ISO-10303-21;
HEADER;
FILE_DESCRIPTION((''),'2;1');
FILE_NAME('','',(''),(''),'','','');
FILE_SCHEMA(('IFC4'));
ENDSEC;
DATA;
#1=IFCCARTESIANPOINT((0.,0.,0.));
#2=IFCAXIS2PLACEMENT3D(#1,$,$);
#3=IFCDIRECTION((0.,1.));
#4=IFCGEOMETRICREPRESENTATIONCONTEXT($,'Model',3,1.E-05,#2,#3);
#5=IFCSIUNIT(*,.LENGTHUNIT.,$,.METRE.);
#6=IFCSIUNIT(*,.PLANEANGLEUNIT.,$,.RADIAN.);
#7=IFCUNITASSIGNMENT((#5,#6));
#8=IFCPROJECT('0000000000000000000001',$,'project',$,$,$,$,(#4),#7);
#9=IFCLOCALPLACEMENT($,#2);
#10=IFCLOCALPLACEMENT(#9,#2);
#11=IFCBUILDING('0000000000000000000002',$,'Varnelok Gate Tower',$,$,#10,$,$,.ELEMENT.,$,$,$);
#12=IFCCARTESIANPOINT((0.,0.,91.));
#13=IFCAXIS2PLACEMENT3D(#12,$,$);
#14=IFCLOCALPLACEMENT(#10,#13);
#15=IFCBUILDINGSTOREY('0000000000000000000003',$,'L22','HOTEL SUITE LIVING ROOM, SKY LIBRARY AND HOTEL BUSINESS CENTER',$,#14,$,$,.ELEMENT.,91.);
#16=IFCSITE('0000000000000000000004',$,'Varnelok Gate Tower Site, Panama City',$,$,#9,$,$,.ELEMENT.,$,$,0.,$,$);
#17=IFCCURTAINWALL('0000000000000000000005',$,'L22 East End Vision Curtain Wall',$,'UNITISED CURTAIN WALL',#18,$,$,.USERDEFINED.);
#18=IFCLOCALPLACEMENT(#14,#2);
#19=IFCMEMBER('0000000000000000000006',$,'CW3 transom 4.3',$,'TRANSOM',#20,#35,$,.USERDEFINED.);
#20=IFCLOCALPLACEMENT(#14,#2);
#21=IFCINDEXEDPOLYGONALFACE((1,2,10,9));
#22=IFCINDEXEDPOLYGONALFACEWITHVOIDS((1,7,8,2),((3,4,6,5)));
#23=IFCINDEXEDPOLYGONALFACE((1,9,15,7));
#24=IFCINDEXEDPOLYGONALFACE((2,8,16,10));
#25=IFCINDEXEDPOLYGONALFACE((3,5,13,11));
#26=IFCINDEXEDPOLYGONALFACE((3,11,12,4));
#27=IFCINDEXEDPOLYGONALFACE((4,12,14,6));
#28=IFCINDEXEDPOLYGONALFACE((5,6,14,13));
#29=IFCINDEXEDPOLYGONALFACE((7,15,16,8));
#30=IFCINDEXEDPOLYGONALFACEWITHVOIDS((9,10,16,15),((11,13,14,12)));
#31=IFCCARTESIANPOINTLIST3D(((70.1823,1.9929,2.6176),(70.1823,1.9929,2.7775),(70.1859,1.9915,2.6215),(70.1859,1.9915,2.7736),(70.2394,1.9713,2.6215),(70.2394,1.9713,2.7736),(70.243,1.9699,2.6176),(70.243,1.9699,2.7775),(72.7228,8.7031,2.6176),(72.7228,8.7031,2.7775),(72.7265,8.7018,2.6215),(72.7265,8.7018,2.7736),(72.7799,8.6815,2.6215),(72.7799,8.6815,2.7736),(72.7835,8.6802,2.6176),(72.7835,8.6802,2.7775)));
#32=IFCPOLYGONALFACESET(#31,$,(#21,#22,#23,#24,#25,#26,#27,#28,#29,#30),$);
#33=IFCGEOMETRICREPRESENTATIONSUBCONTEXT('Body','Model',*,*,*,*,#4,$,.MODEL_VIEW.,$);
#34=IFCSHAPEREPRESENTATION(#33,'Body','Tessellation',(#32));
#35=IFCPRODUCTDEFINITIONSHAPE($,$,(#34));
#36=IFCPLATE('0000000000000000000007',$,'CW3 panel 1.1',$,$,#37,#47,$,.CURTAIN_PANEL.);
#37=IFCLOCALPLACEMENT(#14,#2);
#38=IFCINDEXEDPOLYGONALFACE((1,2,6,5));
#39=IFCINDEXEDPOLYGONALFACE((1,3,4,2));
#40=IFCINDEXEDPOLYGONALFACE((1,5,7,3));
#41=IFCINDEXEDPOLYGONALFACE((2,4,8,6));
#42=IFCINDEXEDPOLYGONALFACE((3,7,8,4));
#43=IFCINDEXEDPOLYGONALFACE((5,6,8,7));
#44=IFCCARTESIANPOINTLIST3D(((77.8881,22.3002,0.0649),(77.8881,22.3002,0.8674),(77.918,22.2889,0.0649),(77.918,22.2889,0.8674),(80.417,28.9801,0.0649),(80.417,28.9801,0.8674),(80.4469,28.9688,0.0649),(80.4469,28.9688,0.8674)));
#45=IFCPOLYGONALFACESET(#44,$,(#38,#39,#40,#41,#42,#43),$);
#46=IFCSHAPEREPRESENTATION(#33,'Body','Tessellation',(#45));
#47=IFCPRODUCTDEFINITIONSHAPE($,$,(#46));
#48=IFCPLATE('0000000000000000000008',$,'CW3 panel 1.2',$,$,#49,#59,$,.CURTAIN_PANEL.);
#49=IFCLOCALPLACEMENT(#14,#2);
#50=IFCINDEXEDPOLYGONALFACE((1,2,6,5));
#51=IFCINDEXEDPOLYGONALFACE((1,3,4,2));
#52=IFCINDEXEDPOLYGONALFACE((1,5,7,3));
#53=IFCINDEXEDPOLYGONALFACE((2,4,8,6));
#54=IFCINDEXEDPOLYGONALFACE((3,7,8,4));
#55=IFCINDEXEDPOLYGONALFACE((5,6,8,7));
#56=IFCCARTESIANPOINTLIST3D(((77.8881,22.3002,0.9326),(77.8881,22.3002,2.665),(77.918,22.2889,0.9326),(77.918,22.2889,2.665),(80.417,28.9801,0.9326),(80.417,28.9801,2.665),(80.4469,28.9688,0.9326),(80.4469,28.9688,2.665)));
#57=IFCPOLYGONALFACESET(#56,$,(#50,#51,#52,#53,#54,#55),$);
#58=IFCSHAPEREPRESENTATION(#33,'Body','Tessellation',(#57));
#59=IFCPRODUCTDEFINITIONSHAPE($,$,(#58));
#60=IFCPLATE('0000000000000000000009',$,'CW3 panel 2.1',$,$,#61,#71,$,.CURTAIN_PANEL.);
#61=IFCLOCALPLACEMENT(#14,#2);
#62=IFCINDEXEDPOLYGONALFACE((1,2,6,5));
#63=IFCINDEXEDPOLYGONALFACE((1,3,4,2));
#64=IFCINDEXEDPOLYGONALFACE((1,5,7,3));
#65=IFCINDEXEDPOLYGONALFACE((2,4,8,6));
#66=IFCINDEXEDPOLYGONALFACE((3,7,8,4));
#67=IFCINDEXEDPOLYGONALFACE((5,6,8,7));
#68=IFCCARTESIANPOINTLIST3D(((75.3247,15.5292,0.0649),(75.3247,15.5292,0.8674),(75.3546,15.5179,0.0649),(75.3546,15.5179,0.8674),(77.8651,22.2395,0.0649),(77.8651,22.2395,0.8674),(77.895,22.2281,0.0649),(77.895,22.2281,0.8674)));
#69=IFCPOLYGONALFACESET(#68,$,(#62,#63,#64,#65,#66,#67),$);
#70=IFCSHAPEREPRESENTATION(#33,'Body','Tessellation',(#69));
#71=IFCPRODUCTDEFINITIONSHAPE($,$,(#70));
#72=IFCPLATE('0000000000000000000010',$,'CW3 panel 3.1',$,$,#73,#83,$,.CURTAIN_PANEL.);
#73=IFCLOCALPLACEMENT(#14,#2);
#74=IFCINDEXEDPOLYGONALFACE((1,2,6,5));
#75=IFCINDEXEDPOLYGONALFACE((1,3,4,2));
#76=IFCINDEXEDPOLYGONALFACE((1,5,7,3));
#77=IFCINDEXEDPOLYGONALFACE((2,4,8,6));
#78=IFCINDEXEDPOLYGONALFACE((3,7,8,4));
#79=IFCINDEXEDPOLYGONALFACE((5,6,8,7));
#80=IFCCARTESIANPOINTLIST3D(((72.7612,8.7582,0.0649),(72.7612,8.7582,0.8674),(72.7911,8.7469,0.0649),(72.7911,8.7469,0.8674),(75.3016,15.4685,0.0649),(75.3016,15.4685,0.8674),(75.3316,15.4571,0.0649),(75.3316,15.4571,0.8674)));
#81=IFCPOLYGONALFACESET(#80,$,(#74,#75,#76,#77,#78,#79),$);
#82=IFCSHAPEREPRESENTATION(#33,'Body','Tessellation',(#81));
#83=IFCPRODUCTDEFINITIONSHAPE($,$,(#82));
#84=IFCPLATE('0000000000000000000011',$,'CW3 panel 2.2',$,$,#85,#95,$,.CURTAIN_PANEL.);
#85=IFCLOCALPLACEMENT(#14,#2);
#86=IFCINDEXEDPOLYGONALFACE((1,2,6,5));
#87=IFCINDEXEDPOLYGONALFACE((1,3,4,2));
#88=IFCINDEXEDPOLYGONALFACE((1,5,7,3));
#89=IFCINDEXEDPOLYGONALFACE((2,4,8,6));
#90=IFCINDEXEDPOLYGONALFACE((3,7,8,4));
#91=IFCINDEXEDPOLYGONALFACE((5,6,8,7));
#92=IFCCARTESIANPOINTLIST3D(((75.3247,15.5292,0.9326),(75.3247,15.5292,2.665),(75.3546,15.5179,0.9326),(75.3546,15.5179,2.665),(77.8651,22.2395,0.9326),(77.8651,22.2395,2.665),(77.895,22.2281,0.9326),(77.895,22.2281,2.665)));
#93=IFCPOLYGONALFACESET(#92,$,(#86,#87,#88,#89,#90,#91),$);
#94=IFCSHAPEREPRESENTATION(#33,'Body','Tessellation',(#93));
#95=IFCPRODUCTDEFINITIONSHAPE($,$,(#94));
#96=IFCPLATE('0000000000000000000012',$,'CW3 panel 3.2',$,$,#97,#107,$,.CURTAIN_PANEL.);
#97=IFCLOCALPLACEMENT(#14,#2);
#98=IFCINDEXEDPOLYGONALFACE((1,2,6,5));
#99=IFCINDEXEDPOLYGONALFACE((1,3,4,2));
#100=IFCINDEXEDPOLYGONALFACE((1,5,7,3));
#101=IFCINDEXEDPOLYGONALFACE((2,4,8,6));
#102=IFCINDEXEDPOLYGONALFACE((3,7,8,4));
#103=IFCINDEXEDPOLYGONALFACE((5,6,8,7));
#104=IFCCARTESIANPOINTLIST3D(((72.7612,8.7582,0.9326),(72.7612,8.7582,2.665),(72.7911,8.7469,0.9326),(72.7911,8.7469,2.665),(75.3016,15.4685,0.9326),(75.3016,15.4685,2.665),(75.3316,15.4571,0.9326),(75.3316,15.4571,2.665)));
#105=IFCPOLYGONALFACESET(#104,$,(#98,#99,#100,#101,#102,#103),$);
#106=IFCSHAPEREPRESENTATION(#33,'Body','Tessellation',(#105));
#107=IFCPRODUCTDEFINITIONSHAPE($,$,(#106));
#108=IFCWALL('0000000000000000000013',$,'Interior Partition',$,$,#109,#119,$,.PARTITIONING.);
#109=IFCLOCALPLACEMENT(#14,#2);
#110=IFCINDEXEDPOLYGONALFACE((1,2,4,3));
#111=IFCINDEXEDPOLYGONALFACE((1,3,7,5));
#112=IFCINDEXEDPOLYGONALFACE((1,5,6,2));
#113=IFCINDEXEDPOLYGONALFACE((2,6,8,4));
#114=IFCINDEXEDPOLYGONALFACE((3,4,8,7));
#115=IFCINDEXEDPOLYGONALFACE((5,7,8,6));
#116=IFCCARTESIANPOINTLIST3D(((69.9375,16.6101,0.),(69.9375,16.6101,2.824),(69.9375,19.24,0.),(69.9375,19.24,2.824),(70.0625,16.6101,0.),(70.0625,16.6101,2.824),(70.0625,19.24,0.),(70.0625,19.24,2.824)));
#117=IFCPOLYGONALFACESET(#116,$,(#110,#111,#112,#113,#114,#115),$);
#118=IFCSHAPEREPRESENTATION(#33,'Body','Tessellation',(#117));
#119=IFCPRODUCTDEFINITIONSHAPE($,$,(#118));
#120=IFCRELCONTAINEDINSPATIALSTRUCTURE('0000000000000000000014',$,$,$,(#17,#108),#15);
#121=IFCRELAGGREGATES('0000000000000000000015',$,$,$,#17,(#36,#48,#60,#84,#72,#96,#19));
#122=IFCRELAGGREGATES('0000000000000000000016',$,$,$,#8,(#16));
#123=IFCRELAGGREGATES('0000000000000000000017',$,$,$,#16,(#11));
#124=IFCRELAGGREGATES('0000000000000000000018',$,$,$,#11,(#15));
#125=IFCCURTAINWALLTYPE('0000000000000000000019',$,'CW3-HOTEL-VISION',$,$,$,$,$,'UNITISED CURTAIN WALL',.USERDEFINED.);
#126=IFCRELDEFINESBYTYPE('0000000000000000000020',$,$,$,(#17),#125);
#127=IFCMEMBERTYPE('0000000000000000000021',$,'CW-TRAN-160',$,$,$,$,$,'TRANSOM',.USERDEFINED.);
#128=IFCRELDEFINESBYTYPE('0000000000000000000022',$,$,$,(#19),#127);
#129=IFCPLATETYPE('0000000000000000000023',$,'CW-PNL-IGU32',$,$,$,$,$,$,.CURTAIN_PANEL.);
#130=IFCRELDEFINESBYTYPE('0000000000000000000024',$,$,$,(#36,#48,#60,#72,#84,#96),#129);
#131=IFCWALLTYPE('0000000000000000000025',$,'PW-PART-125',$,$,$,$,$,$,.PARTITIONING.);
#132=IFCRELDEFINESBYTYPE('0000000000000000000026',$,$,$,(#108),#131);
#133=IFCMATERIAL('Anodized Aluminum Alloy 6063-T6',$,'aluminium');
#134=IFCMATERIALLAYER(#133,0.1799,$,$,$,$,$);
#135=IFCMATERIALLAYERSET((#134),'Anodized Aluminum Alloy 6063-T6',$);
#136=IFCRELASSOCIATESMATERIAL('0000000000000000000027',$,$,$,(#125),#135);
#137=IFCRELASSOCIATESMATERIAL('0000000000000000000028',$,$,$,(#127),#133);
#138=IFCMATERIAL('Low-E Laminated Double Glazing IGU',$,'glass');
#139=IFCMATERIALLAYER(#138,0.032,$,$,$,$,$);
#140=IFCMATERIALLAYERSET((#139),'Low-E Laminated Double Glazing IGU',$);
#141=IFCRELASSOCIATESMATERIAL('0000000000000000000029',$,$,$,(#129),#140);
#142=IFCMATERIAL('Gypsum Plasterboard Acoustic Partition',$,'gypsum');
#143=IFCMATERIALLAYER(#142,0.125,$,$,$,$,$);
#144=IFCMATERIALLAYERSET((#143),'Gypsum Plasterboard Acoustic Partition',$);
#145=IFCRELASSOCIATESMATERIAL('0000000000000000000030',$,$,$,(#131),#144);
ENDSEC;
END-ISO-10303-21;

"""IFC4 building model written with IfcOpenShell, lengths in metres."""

from ifc_helpers import new_model, si_unit, direction, frame, frame_2d, origin, origin_2d, place, context, subcontext, project, spatial, rectangle, hollow_rectangle, extrude, source, transform, mapped, material, layer, layer_set, material_profile, profile_set, type_object, element, aggregate, save


model = new_model("IFC4")

# Units and contexts
model_context = context("Model", 3, precision=1e-05, world=origin(), true_north=direction((0.0, 1.0)))
body_context = subcontext(model_context, "Body", "Model", "MODEL_VIEW")
ifc_project = project(units=[si_unit("LENGTHUNIT", "METRE"), si_unit("PLANEANGLEUNIT", "RADIAN")], contexts=[model_context])

# Site, building, storey
site_placement = place(None, origin())
site = spatial("IfcSite", under=ifc_project, at=site_placement, Name="Varnelok Gate Tower Site, Panama City", CompositionType="ELEMENT", RefElevation=0.0)
building_placement = place(site_placement, origin())
building = spatial("IfcBuilding", under=site, at=building_placement, Name="Varnelok Gate Tower", CompositionType="ELEMENT")
storey_placement = place(building_placement, frame((0.0, 0.0, 91.0)))
storey = spatial("IfcBuildingStorey", under=building, at=storey_placement, Name="L22", Description="HOTEL SUITE LIVING ROOM, SKY LIBRARY AND HOTEL BUSINESS CENTER", CompositionType="ELEMENT", Elevation=91.0)

# Curtain wall, member, plates
ifc_material_1 = material(Name="Anodized Aluminum Alloy 6063-T6", Category="aluminium")
ifc_layer_1 = layer(ifc_material_1, 0.1799)
ifc_layer_set_1 = layer_set([ifc_layer_1], Name="Anodized Aluminum Alloy 6063-T6")
curtain_wall_type = type_object("IfcCurtainWallType", Name="CW3-HOTEL-VISION", ElementType="UNITISED CURTAIN WALL", PredefinedType="USERDEFINED", material=ifc_layer_set_1)
curtain_wall_placement = place(storey_placement, origin())
curtain_wall = element("IfcCurtainWall", 1, at=curtain_wall_placement, inside=storey, type_object=curtain_wall_type, Name="L22 East End Vision Curtain Wall", ObjectType="UNITISED CURTAIN WALL", PredefinedType="USERDEFINED")
ifc_material_profile_1 = material_profile(ifc_material_1, hollow_rectangle(XDim=0.0649, YDim=0.1599, WallThickness=0.0039, at=origin_2d()), Name="ALU160X65X4")
ifc_profile_set_1 = profile_set([ifc_material_profile_1], Name="Anodized Aluminum Alloy 6063-T6")
member_type_1 = type_object("IfcMemberType", Name="CW-TRAN-160", ElementType="TRANSOM", PredefinedType="USERDEFINED", material=ifc_profile_set_1)
member_1_placement = place(storey_placement, frame((72.7532, 8.6917, 2.6975), z_axis=(-0.354079, -0.935216, 0.0), x_axis=(0.935216, -0.354079, 0.0)))
member_1 = element("IfcMember", 2, at=member_1_placement, type_object=member_type_1, Name="CW3 transom 4.3", ObjectType="TRANSOM", PredefinedType="USERDEFINED", context=body_context, shape_type="SweptSolid", body=[
    extrude(hollow_rectangle(XDim=0.0649, YDim=0.1599, WallThickness=0.0039, at=origin_2d()), origin(), (0.0, 0.0, 1.0), 7.175),
])
ifc_material_2 = material(Name="Low-E Laminated Double Glazing IGU", Category="glass")
ifc_layer_2 = layer(ifc_material_2, 0.032)
ifc_layer_set_2 = layer_set([ifc_layer_2], Name="Low-E Laminated Double Glazing IGU")
plate_type = type_object("IfcPlateType", Name="CW-PNL-IGU32", PredefinedType="CURTAIN_PANEL", material=ifc_layer_set_2)
shared_shape_1 = source(origin(), body_context, "Body", "SweptSolid", [
    extrude(rectangle(XDim=7.1426, YDim=0.032, at=origin_2d()), origin(), (0.0, 0.0, 1.0), 0.8025),
])
plate_1_placement = place(storey_placement, frame((79.1675, 25.6345, 0.0649), z_axis=(0.0, 0.0, 1.0), x_axis=(-0.354064, -0.935221, 0.0)))
plate_1 = element("IfcPlate", 3, at=plate_1_placement, type_object=plate_type, Name="CW3 panel 1.1", PredefinedType="CURTAIN_PANEL", context=body_context, shape_type="MappedRepresentation", body=[
    mapped(shared_shape_1, transform((0.0, 0.0, 0.0), scale=1.0)),
])
shared_shape_2 = source(origin(), body_context, "Body", "SweptSolid", [
    extrude(rectangle(XDim=7.1426, YDim=0.032, at=origin_2d()), origin(), (0.0, 0.0, 1.0), 1.7324),
])
plate_2_placement = place(storey_placement, frame((79.1675, 25.6345, 0.9326), z_axis=(0.0, 0.0, 1.0), x_axis=(-0.354064, -0.935221, 0.0)))
plate_2 = element("IfcPlate", 4, at=plate_2_placement, type_object=plate_type, Name="CW3 panel 1.2", PredefinedType="CURTAIN_PANEL", context=body_context, shape_type="MappedRepresentation", body=[
    mapped(shared_shape_2, transform((0.0, 0.0, 0.0), scale=1.0)),
])
shared_shape_3 = source(origin(), body_context, "Body", "SweptSolid", [
    extrude(rectangle(XDim=7.175, YDim=0.032, at=origin_2d()), origin(), (0.0, 0.0, 1.0), 0.8025),
])
plate_3_placement = place(storey_placement, frame((76.6099, 18.8787, 0.0649), z_axis=(0.0, 0.0, 1.0), x_axis=(-0.354064, -0.935221, 0.0)))
plate_3 = element("IfcPlate", 5, at=plate_3_placement, type_object=plate_type, Name="CW3 panel 2.1", PredefinedType="CURTAIN_PANEL", context=body_context, shape_type="MappedRepresentation", body=[
    mapped(shared_shape_3, transform((0.0, 0.0, 0.0), scale=1.0)),
])
plate_4_placement = place(storey_placement, frame((74.0464, 12.1077, 0.0649), z_axis=(0.0, 0.0, 1.0), x_axis=(-0.354064, -0.935221, 0.0)))
plate_4 = element("IfcPlate", 6, at=plate_4_placement, type_object=plate_type, Name="CW3 panel 3.1", PredefinedType="CURTAIN_PANEL", context=body_context, shape_type="MappedRepresentation", body=[
    mapped(shared_shape_3, transform((0.0, 0.0, 0.0), scale=1.0)),
])
shared_shape_4 = source(origin(), body_context, "Body", "SweptSolid", [
    extrude(rectangle(XDim=7.175, YDim=0.032, at=origin_2d()), origin(), (0.0, 0.0, 1.0), 1.7324),
])
plate_5_placement = place(storey_placement, frame((76.6099, 18.8787, 0.9326), z_axis=(0.0, 0.0, 1.0), x_axis=(-0.354064, -0.935221, 0.0)))
plate_5 = element("IfcPlate", 7, at=plate_5_placement, type_object=plate_type, Name="CW3 panel 2.2", PredefinedType="CURTAIN_PANEL", context=body_context, shape_type="MappedRepresentation", body=[
    mapped(shared_shape_4, transform((0.0, 0.0, 0.0), scale=1.0)),
])
plate_6_placement = place(storey_placement, frame((74.0464, 12.1077, 0.9326), z_axis=(0.0, 0.0, 1.0), x_axis=(-0.354064, -0.935221, 0.0)))
plate_6 = element("IfcPlate", 8, at=plate_6_placement, type_object=plate_type, Name="CW3 panel 3.2", PredefinedType="CURTAIN_PANEL", context=body_context, shape_type="MappedRepresentation", body=[
    mapped(shared_shape_4, transform((0.0, 0.0, 0.0), scale=1.0)),
])
aggregate(curtain_wall, [plate_1, plate_2, plate_3, plate_5, plate_4, plate_6, member_1])

# Wall
ifc_material_3 = material(Name="Gypsum Plasterboard Acoustic Partition", Category="gypsum")
ifc_layer_3 = layer(ifc_material_3, 0.125)
ifc_layer_set_3 = layer_set([ifc_layer_3], Name="Gypsum Plasterboard Acoustic Partition")
wall_type = type_object("IfcWallType", Name="PW-PART-125", PredefinedType="PARTITIONING", material=ifc_layer_set_3)
wall_placement = place(storey_placement, frame((70.0, 16.6101, 0.0), z_axis=(0.0, 0.0, 1.0), x_axis=(0.0, 1.0, 0.0)))
element("IfcWall", 9, at=wall_placement, inside=storey, type_object=wall_type, Name="Interior Partition", PredefinedType="PARTITIONING", context=body_context, shape_type="SweptSolid", body=[
    extrude(rectangle(XDim=2.6299, YDim=0.125, at=frame_2d((1.3149, 0.0))), origin(), (0.0, 0.0, 1.0), 2.824),
])

save(model, "model.ifc")
